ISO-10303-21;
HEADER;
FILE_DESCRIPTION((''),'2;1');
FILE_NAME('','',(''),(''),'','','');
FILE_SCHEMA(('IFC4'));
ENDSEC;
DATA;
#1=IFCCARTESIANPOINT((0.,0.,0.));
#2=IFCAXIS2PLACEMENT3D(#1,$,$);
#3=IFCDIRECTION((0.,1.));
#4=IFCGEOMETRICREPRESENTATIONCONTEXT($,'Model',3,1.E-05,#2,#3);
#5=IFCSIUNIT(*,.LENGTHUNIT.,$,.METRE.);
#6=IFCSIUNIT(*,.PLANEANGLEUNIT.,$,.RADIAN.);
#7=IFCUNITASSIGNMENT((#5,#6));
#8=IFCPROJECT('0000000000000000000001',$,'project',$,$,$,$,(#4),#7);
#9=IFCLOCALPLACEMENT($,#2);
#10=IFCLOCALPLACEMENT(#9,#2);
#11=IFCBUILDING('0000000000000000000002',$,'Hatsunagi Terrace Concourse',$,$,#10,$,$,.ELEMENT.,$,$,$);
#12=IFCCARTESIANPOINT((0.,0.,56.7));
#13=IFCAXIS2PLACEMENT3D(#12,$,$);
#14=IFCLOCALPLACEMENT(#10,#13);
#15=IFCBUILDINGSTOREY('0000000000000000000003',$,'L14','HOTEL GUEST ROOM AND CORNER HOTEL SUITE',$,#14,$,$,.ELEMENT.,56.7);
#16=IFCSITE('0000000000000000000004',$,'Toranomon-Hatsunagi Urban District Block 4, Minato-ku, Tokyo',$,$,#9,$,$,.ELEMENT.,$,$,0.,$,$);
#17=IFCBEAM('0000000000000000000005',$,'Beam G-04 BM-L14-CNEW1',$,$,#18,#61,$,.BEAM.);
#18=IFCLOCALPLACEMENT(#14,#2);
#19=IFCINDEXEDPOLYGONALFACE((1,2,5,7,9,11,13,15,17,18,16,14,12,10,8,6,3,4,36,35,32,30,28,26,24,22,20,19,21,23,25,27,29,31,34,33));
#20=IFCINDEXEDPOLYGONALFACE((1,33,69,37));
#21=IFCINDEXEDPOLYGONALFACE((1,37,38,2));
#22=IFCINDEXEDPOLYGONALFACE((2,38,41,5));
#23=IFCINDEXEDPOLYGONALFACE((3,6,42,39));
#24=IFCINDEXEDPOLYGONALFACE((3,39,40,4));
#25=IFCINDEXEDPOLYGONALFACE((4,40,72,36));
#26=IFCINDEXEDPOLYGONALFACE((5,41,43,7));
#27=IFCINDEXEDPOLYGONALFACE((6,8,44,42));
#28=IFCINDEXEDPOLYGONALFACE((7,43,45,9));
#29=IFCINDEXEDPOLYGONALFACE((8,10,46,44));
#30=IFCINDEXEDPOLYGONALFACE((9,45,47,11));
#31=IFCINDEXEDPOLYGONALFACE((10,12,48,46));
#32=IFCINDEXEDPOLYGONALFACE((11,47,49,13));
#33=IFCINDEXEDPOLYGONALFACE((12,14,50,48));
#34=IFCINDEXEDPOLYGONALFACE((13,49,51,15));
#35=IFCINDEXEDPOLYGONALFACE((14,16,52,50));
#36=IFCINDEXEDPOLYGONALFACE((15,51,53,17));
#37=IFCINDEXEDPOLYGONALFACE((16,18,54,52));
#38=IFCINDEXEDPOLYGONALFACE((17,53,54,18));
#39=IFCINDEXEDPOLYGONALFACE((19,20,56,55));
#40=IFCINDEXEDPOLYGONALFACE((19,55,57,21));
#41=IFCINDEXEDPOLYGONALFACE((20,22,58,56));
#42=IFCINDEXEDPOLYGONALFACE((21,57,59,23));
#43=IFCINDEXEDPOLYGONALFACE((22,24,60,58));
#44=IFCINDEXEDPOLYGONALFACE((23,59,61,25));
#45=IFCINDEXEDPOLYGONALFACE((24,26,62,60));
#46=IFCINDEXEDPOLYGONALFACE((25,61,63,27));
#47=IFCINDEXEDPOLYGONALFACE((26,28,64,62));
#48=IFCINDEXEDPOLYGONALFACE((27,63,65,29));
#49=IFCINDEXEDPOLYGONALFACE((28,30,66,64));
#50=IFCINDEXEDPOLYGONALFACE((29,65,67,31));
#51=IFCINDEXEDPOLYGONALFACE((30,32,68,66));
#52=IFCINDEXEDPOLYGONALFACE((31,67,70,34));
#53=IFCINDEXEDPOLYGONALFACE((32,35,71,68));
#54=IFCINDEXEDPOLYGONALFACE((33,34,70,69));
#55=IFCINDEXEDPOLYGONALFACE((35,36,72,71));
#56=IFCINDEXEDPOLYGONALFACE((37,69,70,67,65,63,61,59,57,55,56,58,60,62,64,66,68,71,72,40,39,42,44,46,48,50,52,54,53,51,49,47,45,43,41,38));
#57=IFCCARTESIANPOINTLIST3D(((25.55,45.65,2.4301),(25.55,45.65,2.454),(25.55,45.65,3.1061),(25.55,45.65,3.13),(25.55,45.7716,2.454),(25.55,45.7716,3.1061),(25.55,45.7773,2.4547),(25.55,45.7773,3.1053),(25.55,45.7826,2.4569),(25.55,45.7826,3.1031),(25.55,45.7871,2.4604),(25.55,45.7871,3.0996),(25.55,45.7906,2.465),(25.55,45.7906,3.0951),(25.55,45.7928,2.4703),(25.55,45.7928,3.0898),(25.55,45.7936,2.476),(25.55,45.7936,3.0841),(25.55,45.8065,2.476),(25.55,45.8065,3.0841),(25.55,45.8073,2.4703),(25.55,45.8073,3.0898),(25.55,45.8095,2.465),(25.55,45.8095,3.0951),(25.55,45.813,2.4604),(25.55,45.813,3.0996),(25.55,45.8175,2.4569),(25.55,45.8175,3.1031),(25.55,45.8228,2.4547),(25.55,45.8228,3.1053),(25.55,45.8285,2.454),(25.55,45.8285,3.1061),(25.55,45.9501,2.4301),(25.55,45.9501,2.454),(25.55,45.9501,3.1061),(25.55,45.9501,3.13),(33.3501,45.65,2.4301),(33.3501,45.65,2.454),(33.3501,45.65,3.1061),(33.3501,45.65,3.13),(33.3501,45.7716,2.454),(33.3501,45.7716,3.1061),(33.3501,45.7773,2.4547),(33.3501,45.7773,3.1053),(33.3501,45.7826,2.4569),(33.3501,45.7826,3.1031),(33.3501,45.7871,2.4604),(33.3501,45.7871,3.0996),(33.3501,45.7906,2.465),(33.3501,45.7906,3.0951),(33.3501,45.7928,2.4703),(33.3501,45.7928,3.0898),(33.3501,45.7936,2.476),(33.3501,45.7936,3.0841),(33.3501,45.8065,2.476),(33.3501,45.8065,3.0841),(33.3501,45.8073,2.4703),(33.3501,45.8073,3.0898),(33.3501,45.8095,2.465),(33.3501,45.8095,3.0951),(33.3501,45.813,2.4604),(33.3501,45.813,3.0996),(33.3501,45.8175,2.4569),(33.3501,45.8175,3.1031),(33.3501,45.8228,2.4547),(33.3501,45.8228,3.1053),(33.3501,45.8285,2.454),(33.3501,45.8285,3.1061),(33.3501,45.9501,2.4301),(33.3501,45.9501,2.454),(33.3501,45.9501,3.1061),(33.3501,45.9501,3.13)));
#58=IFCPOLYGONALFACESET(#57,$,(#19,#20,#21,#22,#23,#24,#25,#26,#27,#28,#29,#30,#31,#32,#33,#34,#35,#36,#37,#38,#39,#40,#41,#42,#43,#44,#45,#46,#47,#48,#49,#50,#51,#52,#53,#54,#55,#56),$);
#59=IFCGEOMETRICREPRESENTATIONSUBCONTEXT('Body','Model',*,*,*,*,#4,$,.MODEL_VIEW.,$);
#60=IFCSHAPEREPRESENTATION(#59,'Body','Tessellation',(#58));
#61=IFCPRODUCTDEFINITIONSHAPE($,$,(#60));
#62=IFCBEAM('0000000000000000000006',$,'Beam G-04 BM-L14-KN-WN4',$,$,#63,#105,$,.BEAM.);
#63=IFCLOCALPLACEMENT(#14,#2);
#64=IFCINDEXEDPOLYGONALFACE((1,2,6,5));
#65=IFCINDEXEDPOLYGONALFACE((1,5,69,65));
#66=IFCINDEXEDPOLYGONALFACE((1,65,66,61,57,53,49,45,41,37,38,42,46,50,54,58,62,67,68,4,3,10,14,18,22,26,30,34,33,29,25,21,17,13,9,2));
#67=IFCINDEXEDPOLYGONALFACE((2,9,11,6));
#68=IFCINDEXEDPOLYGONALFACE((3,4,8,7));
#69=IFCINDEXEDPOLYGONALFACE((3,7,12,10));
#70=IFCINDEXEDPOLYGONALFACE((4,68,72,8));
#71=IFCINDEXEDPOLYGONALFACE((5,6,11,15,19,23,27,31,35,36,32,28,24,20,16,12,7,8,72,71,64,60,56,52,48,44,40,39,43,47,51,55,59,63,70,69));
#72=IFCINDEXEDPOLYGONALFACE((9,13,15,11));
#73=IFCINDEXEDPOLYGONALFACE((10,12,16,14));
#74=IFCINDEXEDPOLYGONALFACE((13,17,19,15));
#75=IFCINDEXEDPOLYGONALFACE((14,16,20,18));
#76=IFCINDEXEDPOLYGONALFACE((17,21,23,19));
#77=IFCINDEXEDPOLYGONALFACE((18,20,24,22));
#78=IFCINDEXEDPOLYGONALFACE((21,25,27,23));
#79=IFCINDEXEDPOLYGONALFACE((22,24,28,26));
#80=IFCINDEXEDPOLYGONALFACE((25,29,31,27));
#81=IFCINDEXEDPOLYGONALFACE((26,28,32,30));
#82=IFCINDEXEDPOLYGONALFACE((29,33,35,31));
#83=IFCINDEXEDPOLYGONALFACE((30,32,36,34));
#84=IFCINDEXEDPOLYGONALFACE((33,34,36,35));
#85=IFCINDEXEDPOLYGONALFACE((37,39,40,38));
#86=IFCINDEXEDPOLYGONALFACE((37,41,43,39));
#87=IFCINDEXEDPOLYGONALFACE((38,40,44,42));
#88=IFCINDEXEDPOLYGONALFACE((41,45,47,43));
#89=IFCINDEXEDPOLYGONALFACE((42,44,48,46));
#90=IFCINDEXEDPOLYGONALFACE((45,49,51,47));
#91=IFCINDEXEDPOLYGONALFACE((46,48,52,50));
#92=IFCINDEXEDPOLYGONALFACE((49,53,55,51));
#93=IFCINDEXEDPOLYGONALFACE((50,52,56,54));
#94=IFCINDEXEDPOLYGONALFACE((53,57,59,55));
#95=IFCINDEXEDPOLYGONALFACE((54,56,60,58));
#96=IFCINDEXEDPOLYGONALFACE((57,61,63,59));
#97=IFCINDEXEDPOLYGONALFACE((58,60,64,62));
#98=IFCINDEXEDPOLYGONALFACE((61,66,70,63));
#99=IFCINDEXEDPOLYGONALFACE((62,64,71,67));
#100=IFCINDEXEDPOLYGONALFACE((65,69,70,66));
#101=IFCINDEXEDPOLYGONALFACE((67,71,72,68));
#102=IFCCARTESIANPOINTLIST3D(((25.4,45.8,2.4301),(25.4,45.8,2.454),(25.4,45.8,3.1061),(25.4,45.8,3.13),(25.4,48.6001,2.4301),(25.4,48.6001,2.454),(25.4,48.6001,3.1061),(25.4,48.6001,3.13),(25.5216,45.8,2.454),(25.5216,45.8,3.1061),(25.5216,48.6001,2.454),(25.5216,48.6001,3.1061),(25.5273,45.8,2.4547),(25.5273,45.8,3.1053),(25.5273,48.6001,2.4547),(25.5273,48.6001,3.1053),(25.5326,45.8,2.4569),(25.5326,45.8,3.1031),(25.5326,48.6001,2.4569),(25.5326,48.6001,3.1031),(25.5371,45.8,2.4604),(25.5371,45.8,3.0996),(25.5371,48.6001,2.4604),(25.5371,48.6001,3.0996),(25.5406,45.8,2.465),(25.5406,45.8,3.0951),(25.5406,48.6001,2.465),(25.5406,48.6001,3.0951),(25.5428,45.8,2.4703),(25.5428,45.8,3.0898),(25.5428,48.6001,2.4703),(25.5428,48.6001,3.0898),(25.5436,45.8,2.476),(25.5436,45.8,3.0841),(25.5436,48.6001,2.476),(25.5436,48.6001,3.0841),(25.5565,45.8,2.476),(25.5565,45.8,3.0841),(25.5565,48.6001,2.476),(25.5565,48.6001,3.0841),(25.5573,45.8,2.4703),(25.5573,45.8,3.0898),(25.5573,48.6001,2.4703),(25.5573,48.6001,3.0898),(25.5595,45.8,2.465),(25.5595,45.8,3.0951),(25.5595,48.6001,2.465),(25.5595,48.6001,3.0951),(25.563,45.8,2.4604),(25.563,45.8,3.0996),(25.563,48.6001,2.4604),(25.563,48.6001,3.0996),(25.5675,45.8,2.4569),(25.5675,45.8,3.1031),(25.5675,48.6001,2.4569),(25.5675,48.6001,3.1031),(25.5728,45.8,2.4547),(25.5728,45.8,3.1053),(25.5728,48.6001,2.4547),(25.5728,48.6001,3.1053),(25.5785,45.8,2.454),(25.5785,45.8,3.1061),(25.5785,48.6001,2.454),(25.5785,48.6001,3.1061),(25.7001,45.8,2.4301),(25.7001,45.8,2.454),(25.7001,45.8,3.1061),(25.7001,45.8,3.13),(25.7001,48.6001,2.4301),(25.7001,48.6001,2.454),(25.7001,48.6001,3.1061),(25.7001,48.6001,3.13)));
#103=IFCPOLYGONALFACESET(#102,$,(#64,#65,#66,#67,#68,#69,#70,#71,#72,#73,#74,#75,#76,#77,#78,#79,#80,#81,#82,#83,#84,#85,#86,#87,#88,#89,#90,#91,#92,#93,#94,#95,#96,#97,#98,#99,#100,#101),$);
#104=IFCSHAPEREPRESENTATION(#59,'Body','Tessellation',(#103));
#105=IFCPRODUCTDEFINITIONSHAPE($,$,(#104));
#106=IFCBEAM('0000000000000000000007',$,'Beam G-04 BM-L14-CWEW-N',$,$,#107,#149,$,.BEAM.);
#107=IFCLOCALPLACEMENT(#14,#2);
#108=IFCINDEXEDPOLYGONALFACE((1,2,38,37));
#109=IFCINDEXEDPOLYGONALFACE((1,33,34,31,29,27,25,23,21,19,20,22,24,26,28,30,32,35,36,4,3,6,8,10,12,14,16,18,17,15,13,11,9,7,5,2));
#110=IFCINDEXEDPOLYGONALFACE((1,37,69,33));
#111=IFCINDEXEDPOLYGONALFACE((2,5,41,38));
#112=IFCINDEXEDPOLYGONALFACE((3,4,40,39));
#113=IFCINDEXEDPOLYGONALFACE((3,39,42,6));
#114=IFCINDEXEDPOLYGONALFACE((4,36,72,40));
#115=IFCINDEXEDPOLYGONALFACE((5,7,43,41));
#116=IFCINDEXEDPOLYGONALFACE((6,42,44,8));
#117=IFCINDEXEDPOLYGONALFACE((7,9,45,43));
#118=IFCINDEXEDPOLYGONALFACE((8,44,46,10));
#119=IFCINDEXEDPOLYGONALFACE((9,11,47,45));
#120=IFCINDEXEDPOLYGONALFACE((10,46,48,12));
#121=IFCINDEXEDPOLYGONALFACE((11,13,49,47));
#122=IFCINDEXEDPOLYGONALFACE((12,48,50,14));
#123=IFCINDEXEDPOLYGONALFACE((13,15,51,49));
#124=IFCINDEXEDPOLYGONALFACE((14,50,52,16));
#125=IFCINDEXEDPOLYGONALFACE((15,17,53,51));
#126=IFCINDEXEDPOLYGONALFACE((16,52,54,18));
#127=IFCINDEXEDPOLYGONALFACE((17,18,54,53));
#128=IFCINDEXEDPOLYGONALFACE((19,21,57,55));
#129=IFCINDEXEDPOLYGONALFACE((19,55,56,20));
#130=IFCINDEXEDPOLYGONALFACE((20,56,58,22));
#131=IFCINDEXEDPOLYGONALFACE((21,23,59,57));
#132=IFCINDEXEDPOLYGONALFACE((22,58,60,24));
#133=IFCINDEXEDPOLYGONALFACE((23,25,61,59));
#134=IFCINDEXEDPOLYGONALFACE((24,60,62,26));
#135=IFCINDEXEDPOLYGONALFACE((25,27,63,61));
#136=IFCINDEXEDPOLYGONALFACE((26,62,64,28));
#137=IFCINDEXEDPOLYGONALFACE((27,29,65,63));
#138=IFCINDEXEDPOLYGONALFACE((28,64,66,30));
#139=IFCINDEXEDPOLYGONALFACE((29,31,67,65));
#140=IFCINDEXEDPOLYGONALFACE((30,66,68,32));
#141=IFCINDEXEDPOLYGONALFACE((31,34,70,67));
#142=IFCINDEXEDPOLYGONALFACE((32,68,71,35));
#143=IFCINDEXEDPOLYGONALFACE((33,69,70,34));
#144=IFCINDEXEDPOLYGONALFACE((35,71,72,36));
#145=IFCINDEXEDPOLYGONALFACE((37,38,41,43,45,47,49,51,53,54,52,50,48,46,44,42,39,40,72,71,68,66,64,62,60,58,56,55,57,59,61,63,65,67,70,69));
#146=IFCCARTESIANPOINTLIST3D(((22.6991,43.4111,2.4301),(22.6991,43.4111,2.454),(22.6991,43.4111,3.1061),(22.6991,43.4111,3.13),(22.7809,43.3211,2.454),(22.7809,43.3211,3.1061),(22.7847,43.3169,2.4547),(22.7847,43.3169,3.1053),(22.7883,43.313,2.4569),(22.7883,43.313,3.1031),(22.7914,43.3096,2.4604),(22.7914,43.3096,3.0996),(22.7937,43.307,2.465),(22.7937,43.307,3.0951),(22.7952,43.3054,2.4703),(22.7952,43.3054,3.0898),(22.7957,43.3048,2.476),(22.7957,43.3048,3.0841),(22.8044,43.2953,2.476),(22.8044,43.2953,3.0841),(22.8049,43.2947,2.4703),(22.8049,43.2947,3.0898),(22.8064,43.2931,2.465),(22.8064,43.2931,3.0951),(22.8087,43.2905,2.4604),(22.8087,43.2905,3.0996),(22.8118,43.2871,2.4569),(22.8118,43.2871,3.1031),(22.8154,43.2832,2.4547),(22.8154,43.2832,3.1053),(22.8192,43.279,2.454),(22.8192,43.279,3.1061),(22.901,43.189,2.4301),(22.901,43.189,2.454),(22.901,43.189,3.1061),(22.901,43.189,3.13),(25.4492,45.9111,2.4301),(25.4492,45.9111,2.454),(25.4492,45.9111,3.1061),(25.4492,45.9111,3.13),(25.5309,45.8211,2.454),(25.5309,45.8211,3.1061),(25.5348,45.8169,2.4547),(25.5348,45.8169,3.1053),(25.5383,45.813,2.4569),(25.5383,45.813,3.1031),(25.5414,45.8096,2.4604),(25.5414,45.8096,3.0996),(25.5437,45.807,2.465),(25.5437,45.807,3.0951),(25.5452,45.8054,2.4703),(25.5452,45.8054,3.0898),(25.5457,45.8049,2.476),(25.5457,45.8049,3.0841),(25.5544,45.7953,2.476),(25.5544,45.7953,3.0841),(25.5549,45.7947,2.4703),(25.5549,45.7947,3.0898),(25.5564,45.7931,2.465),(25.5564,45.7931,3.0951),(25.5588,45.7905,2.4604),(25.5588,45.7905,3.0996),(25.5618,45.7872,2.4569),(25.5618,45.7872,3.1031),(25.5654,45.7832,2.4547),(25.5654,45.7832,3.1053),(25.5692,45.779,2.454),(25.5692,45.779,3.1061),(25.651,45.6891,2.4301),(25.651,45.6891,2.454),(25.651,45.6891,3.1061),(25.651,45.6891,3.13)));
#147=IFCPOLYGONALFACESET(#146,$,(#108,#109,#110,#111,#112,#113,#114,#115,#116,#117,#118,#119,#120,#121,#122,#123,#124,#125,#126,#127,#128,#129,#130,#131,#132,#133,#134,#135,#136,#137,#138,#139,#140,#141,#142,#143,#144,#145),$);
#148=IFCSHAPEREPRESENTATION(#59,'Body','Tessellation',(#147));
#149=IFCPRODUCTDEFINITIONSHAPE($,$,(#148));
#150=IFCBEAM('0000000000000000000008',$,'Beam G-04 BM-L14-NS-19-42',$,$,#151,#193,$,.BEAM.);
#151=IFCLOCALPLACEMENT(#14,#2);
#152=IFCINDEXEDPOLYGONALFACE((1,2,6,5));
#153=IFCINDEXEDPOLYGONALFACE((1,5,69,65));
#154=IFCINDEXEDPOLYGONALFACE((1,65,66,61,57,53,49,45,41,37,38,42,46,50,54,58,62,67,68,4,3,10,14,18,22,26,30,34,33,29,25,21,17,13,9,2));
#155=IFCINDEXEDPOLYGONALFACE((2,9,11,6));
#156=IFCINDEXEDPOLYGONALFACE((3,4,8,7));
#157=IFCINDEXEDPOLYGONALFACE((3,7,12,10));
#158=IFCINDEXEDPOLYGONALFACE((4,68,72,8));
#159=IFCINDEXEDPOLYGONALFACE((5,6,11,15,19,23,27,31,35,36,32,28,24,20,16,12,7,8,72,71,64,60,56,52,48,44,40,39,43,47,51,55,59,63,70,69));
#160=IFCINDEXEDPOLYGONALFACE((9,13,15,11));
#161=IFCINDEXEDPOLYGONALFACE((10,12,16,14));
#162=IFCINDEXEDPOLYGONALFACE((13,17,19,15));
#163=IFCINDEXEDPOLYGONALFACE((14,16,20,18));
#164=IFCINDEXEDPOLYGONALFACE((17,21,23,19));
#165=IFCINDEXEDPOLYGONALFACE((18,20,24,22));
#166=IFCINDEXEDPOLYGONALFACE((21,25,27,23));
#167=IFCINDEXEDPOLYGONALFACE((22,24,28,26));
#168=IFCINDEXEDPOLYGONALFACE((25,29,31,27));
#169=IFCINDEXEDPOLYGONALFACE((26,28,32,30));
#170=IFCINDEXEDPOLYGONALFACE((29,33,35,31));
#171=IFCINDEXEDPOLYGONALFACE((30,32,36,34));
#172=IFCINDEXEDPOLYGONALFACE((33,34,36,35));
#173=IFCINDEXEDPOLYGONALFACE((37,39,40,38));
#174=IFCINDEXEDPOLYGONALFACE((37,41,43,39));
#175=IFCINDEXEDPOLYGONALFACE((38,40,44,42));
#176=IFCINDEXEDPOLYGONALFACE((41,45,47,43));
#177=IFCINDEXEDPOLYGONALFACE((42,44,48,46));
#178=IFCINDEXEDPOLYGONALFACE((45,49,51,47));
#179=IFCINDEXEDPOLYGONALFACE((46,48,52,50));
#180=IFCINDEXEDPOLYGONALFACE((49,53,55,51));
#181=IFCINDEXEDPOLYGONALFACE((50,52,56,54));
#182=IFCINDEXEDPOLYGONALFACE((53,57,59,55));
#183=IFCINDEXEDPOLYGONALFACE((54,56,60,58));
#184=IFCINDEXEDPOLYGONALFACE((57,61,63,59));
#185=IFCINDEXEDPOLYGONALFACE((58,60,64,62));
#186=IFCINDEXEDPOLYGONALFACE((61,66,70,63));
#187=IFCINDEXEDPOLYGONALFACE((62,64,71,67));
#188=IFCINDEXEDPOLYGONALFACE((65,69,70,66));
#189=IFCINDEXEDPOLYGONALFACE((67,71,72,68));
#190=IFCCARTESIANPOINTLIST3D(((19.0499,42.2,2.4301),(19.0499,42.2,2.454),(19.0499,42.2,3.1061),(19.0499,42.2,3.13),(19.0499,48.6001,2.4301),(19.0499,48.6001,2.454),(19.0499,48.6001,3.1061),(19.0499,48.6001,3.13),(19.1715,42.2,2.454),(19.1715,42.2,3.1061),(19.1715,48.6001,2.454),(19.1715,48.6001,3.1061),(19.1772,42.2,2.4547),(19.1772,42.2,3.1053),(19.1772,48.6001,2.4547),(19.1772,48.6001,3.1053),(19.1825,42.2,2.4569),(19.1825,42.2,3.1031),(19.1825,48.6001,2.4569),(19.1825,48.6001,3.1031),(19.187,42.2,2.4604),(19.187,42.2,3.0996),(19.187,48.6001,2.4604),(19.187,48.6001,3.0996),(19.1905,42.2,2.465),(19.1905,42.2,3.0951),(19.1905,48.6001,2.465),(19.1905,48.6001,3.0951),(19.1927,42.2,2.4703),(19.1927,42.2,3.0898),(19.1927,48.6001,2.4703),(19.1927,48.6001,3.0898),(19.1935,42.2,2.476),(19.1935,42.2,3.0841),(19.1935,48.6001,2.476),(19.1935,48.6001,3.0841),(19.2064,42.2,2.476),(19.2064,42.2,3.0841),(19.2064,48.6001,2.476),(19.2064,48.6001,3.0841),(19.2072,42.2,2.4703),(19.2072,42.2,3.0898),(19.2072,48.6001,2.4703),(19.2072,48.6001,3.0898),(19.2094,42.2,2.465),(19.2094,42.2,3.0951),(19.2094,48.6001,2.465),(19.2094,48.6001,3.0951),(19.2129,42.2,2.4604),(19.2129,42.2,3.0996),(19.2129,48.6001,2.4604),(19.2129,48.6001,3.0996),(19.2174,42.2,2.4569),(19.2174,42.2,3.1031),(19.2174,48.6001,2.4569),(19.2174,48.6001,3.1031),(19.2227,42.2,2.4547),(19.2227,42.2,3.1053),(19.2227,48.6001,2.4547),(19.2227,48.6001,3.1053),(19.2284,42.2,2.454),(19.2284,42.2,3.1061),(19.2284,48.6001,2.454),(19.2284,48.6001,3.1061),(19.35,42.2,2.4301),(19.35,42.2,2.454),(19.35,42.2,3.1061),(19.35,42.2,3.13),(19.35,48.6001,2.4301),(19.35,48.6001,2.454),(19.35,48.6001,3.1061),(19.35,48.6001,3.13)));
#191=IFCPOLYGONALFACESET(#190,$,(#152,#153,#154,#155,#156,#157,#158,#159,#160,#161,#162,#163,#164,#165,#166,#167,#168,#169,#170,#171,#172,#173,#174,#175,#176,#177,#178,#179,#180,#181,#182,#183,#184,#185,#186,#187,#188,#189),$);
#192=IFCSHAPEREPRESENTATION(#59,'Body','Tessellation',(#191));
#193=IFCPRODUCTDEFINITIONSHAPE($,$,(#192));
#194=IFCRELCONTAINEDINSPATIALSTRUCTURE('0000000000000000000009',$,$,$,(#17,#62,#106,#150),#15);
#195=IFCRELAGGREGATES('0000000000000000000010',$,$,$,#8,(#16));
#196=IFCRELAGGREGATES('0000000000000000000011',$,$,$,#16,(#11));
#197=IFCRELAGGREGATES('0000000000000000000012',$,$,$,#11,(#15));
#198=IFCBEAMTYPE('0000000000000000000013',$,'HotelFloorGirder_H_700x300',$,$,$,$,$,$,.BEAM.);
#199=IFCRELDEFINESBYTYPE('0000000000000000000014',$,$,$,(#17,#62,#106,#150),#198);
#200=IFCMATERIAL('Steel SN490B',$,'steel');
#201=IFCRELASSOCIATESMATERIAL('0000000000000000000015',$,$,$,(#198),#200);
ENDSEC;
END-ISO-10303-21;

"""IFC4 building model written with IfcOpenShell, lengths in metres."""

from ifc_helpers import new_model, si_unit, direction, frame, origin, origin_2d, place, context, subcontext, project, spatial, i_section, extrude, material, material_profile, profile_set, type_object, element, save


model = new_model("IFC4")

# Units and contexts
model_context = context("Model", 3, precision=1e-05, world=origin(), true_north=direction((0.0, 1.0)))
body_context = subcontext(model_context, "Body", "Model", "MODEL_VIEW")
ifc_project = project(units=[si_unit("LENGTHUNIT", "METRE"), si_unit("PLANEANGLEUNIT", "RADIAN")], contexts=[model_context])

# Site, building, storey
site_placement = place(None, origin())
site = spatial("IfcSite", under=ifc_project, at=site_placement, Name="Toranomon-Hatsunagi Urban District Block 4, Minato-ku, Tokyo", CompositionType="ELEMENT", RefElevation=0.0)
building_placement = place(site_placement, origin())
building = spatial("IfcBuilding", under=site, at=building_placement, Name="Hatsunagi Terrace Concourse", CompositionType="ELEMENT")
storey_placement = place(building_placement, frame((0.0, 0.0, 56.7)))
storey = spatial("IfcBuildingStorey", under=building, at=storey_placement, Name="L14", Description="HOTEL GUEST ROOM AND CORNER HOTEL SUITE", CompositionType="ELEMENT", Elevation=56.7)

# Beams
ifc_material_1 = material(Name="Steel SN490B", Category="steel")
ifc_material_profile_1 = material_profile(ifc_material_1, i_section(OverallWidth=0.3, OverallDepth=0.7, WebThickness=0.0129, FlangeThickness=0.0239, FilletRadius=0.022, at=origin_2d()), Name="H-700x300x13x24")
ifc_profile_set_1 = profile_set([ifc_material_profile_1], Name="Steel SN490B")
beam_type_1 = type_object("IfcBeamType", Name="HotelFloorGirder_H_700x300", PredefinedType="BEAM", material=ifc_profile_set_1)
beam_1_placement = place(storey_placement, frame((25.55, 45.8, 2.78), z_axis=(1.0, 0.0, 0.0), x_axis=(0.0, 1.0, 0.0)))
element("IfcBeam", 1, at=beam_1_placement, inside=storey, type_object=beam_type_1, Name="Beam G-04 BM-L14-CNEW1", PredefinedType="BEAM", context=body_context, shape_type="SweptSolid", body=[
    extrude(i_section(OverallWidth=0.3, OverallDepth=0.7, WebThickness=0.0129, FlangeThickness=0.0239, FilletRadius=0.022, at=origin_2d()), origin(), (0.0, 0.0, 1.0), 7.8),
])
beam_2_placement = place(storey_placement, frame((25.55, 45.8, 2.78), z_axis=(0.0, 1.0, 0.0), x_axis=(-1.0, 0.0, 0.0)))
element("IfcBeam", 2, at=beam_2_placement, inside=storey, type_object=beam_type_1, Name="Beam G-04 BM-L14-KN-WN4", PredefinedType="BEAM", context=body_context, shape_type="SweptSolid", body=[
    extrude(i_section(OverallWidth=0.3, OverallDepth=0.7, WebThickness=0.0129, FlangeThickness=0.0239, FilletRadius=0.022, at=origin_2d()), origin(), (0.0, 0.0, 1.0), 2.8),
])
beam_3_placement = place(storey_placement, frame((22.8, 43.3, 2.78), z_axis=(0.73994, 0.672673, 0.0), x_axis=(-0.672673, 0.73994, 0.0)))
element("IfcBeam", 3, at=beam_3_placement, inside=storey, type_object=beam_type_1, Name="Beam G-04 BM-L14-CWEW-N", PredefinedType="BEAM", context=body_context, shape_type="SweptSolid", body=[
    extrude(i_section(OverallWidth=0.3, OverallDepth=0.7, WebThickness=0.0129, FlangeThickness=0.0239, FilletRadius=0.022, at=origin_2d()), origin(), (0.0, 0.0, 1.0), 3.7166),
])
beam_4_placement = place(storey_placement, frame((19.2, 42.2, 2.78), z_axis=(0.0, 1.0, 0.0), x_axis=(-1.0, 0.0, 0.0)))
element("IfcBeam", 4, at=beam_4_placement, inside=storey, type_object=beam_type_1, Name="Beam G-04 BM-L14-NS-19-42", PredefinedType="BEAM", context=body_context, shape_type="SweptSolid", body=[
    extrude(i_section(OverallWidth=0.3, OverallDepth=0.7, WebThickness=0.0129, FlangeThickness=0.0239, FilletRadius=0.022, at=origin_2d()), origin(), (0.0, 0.0, 1.0), 6.4001),
])

save(model, "model.ifc")
